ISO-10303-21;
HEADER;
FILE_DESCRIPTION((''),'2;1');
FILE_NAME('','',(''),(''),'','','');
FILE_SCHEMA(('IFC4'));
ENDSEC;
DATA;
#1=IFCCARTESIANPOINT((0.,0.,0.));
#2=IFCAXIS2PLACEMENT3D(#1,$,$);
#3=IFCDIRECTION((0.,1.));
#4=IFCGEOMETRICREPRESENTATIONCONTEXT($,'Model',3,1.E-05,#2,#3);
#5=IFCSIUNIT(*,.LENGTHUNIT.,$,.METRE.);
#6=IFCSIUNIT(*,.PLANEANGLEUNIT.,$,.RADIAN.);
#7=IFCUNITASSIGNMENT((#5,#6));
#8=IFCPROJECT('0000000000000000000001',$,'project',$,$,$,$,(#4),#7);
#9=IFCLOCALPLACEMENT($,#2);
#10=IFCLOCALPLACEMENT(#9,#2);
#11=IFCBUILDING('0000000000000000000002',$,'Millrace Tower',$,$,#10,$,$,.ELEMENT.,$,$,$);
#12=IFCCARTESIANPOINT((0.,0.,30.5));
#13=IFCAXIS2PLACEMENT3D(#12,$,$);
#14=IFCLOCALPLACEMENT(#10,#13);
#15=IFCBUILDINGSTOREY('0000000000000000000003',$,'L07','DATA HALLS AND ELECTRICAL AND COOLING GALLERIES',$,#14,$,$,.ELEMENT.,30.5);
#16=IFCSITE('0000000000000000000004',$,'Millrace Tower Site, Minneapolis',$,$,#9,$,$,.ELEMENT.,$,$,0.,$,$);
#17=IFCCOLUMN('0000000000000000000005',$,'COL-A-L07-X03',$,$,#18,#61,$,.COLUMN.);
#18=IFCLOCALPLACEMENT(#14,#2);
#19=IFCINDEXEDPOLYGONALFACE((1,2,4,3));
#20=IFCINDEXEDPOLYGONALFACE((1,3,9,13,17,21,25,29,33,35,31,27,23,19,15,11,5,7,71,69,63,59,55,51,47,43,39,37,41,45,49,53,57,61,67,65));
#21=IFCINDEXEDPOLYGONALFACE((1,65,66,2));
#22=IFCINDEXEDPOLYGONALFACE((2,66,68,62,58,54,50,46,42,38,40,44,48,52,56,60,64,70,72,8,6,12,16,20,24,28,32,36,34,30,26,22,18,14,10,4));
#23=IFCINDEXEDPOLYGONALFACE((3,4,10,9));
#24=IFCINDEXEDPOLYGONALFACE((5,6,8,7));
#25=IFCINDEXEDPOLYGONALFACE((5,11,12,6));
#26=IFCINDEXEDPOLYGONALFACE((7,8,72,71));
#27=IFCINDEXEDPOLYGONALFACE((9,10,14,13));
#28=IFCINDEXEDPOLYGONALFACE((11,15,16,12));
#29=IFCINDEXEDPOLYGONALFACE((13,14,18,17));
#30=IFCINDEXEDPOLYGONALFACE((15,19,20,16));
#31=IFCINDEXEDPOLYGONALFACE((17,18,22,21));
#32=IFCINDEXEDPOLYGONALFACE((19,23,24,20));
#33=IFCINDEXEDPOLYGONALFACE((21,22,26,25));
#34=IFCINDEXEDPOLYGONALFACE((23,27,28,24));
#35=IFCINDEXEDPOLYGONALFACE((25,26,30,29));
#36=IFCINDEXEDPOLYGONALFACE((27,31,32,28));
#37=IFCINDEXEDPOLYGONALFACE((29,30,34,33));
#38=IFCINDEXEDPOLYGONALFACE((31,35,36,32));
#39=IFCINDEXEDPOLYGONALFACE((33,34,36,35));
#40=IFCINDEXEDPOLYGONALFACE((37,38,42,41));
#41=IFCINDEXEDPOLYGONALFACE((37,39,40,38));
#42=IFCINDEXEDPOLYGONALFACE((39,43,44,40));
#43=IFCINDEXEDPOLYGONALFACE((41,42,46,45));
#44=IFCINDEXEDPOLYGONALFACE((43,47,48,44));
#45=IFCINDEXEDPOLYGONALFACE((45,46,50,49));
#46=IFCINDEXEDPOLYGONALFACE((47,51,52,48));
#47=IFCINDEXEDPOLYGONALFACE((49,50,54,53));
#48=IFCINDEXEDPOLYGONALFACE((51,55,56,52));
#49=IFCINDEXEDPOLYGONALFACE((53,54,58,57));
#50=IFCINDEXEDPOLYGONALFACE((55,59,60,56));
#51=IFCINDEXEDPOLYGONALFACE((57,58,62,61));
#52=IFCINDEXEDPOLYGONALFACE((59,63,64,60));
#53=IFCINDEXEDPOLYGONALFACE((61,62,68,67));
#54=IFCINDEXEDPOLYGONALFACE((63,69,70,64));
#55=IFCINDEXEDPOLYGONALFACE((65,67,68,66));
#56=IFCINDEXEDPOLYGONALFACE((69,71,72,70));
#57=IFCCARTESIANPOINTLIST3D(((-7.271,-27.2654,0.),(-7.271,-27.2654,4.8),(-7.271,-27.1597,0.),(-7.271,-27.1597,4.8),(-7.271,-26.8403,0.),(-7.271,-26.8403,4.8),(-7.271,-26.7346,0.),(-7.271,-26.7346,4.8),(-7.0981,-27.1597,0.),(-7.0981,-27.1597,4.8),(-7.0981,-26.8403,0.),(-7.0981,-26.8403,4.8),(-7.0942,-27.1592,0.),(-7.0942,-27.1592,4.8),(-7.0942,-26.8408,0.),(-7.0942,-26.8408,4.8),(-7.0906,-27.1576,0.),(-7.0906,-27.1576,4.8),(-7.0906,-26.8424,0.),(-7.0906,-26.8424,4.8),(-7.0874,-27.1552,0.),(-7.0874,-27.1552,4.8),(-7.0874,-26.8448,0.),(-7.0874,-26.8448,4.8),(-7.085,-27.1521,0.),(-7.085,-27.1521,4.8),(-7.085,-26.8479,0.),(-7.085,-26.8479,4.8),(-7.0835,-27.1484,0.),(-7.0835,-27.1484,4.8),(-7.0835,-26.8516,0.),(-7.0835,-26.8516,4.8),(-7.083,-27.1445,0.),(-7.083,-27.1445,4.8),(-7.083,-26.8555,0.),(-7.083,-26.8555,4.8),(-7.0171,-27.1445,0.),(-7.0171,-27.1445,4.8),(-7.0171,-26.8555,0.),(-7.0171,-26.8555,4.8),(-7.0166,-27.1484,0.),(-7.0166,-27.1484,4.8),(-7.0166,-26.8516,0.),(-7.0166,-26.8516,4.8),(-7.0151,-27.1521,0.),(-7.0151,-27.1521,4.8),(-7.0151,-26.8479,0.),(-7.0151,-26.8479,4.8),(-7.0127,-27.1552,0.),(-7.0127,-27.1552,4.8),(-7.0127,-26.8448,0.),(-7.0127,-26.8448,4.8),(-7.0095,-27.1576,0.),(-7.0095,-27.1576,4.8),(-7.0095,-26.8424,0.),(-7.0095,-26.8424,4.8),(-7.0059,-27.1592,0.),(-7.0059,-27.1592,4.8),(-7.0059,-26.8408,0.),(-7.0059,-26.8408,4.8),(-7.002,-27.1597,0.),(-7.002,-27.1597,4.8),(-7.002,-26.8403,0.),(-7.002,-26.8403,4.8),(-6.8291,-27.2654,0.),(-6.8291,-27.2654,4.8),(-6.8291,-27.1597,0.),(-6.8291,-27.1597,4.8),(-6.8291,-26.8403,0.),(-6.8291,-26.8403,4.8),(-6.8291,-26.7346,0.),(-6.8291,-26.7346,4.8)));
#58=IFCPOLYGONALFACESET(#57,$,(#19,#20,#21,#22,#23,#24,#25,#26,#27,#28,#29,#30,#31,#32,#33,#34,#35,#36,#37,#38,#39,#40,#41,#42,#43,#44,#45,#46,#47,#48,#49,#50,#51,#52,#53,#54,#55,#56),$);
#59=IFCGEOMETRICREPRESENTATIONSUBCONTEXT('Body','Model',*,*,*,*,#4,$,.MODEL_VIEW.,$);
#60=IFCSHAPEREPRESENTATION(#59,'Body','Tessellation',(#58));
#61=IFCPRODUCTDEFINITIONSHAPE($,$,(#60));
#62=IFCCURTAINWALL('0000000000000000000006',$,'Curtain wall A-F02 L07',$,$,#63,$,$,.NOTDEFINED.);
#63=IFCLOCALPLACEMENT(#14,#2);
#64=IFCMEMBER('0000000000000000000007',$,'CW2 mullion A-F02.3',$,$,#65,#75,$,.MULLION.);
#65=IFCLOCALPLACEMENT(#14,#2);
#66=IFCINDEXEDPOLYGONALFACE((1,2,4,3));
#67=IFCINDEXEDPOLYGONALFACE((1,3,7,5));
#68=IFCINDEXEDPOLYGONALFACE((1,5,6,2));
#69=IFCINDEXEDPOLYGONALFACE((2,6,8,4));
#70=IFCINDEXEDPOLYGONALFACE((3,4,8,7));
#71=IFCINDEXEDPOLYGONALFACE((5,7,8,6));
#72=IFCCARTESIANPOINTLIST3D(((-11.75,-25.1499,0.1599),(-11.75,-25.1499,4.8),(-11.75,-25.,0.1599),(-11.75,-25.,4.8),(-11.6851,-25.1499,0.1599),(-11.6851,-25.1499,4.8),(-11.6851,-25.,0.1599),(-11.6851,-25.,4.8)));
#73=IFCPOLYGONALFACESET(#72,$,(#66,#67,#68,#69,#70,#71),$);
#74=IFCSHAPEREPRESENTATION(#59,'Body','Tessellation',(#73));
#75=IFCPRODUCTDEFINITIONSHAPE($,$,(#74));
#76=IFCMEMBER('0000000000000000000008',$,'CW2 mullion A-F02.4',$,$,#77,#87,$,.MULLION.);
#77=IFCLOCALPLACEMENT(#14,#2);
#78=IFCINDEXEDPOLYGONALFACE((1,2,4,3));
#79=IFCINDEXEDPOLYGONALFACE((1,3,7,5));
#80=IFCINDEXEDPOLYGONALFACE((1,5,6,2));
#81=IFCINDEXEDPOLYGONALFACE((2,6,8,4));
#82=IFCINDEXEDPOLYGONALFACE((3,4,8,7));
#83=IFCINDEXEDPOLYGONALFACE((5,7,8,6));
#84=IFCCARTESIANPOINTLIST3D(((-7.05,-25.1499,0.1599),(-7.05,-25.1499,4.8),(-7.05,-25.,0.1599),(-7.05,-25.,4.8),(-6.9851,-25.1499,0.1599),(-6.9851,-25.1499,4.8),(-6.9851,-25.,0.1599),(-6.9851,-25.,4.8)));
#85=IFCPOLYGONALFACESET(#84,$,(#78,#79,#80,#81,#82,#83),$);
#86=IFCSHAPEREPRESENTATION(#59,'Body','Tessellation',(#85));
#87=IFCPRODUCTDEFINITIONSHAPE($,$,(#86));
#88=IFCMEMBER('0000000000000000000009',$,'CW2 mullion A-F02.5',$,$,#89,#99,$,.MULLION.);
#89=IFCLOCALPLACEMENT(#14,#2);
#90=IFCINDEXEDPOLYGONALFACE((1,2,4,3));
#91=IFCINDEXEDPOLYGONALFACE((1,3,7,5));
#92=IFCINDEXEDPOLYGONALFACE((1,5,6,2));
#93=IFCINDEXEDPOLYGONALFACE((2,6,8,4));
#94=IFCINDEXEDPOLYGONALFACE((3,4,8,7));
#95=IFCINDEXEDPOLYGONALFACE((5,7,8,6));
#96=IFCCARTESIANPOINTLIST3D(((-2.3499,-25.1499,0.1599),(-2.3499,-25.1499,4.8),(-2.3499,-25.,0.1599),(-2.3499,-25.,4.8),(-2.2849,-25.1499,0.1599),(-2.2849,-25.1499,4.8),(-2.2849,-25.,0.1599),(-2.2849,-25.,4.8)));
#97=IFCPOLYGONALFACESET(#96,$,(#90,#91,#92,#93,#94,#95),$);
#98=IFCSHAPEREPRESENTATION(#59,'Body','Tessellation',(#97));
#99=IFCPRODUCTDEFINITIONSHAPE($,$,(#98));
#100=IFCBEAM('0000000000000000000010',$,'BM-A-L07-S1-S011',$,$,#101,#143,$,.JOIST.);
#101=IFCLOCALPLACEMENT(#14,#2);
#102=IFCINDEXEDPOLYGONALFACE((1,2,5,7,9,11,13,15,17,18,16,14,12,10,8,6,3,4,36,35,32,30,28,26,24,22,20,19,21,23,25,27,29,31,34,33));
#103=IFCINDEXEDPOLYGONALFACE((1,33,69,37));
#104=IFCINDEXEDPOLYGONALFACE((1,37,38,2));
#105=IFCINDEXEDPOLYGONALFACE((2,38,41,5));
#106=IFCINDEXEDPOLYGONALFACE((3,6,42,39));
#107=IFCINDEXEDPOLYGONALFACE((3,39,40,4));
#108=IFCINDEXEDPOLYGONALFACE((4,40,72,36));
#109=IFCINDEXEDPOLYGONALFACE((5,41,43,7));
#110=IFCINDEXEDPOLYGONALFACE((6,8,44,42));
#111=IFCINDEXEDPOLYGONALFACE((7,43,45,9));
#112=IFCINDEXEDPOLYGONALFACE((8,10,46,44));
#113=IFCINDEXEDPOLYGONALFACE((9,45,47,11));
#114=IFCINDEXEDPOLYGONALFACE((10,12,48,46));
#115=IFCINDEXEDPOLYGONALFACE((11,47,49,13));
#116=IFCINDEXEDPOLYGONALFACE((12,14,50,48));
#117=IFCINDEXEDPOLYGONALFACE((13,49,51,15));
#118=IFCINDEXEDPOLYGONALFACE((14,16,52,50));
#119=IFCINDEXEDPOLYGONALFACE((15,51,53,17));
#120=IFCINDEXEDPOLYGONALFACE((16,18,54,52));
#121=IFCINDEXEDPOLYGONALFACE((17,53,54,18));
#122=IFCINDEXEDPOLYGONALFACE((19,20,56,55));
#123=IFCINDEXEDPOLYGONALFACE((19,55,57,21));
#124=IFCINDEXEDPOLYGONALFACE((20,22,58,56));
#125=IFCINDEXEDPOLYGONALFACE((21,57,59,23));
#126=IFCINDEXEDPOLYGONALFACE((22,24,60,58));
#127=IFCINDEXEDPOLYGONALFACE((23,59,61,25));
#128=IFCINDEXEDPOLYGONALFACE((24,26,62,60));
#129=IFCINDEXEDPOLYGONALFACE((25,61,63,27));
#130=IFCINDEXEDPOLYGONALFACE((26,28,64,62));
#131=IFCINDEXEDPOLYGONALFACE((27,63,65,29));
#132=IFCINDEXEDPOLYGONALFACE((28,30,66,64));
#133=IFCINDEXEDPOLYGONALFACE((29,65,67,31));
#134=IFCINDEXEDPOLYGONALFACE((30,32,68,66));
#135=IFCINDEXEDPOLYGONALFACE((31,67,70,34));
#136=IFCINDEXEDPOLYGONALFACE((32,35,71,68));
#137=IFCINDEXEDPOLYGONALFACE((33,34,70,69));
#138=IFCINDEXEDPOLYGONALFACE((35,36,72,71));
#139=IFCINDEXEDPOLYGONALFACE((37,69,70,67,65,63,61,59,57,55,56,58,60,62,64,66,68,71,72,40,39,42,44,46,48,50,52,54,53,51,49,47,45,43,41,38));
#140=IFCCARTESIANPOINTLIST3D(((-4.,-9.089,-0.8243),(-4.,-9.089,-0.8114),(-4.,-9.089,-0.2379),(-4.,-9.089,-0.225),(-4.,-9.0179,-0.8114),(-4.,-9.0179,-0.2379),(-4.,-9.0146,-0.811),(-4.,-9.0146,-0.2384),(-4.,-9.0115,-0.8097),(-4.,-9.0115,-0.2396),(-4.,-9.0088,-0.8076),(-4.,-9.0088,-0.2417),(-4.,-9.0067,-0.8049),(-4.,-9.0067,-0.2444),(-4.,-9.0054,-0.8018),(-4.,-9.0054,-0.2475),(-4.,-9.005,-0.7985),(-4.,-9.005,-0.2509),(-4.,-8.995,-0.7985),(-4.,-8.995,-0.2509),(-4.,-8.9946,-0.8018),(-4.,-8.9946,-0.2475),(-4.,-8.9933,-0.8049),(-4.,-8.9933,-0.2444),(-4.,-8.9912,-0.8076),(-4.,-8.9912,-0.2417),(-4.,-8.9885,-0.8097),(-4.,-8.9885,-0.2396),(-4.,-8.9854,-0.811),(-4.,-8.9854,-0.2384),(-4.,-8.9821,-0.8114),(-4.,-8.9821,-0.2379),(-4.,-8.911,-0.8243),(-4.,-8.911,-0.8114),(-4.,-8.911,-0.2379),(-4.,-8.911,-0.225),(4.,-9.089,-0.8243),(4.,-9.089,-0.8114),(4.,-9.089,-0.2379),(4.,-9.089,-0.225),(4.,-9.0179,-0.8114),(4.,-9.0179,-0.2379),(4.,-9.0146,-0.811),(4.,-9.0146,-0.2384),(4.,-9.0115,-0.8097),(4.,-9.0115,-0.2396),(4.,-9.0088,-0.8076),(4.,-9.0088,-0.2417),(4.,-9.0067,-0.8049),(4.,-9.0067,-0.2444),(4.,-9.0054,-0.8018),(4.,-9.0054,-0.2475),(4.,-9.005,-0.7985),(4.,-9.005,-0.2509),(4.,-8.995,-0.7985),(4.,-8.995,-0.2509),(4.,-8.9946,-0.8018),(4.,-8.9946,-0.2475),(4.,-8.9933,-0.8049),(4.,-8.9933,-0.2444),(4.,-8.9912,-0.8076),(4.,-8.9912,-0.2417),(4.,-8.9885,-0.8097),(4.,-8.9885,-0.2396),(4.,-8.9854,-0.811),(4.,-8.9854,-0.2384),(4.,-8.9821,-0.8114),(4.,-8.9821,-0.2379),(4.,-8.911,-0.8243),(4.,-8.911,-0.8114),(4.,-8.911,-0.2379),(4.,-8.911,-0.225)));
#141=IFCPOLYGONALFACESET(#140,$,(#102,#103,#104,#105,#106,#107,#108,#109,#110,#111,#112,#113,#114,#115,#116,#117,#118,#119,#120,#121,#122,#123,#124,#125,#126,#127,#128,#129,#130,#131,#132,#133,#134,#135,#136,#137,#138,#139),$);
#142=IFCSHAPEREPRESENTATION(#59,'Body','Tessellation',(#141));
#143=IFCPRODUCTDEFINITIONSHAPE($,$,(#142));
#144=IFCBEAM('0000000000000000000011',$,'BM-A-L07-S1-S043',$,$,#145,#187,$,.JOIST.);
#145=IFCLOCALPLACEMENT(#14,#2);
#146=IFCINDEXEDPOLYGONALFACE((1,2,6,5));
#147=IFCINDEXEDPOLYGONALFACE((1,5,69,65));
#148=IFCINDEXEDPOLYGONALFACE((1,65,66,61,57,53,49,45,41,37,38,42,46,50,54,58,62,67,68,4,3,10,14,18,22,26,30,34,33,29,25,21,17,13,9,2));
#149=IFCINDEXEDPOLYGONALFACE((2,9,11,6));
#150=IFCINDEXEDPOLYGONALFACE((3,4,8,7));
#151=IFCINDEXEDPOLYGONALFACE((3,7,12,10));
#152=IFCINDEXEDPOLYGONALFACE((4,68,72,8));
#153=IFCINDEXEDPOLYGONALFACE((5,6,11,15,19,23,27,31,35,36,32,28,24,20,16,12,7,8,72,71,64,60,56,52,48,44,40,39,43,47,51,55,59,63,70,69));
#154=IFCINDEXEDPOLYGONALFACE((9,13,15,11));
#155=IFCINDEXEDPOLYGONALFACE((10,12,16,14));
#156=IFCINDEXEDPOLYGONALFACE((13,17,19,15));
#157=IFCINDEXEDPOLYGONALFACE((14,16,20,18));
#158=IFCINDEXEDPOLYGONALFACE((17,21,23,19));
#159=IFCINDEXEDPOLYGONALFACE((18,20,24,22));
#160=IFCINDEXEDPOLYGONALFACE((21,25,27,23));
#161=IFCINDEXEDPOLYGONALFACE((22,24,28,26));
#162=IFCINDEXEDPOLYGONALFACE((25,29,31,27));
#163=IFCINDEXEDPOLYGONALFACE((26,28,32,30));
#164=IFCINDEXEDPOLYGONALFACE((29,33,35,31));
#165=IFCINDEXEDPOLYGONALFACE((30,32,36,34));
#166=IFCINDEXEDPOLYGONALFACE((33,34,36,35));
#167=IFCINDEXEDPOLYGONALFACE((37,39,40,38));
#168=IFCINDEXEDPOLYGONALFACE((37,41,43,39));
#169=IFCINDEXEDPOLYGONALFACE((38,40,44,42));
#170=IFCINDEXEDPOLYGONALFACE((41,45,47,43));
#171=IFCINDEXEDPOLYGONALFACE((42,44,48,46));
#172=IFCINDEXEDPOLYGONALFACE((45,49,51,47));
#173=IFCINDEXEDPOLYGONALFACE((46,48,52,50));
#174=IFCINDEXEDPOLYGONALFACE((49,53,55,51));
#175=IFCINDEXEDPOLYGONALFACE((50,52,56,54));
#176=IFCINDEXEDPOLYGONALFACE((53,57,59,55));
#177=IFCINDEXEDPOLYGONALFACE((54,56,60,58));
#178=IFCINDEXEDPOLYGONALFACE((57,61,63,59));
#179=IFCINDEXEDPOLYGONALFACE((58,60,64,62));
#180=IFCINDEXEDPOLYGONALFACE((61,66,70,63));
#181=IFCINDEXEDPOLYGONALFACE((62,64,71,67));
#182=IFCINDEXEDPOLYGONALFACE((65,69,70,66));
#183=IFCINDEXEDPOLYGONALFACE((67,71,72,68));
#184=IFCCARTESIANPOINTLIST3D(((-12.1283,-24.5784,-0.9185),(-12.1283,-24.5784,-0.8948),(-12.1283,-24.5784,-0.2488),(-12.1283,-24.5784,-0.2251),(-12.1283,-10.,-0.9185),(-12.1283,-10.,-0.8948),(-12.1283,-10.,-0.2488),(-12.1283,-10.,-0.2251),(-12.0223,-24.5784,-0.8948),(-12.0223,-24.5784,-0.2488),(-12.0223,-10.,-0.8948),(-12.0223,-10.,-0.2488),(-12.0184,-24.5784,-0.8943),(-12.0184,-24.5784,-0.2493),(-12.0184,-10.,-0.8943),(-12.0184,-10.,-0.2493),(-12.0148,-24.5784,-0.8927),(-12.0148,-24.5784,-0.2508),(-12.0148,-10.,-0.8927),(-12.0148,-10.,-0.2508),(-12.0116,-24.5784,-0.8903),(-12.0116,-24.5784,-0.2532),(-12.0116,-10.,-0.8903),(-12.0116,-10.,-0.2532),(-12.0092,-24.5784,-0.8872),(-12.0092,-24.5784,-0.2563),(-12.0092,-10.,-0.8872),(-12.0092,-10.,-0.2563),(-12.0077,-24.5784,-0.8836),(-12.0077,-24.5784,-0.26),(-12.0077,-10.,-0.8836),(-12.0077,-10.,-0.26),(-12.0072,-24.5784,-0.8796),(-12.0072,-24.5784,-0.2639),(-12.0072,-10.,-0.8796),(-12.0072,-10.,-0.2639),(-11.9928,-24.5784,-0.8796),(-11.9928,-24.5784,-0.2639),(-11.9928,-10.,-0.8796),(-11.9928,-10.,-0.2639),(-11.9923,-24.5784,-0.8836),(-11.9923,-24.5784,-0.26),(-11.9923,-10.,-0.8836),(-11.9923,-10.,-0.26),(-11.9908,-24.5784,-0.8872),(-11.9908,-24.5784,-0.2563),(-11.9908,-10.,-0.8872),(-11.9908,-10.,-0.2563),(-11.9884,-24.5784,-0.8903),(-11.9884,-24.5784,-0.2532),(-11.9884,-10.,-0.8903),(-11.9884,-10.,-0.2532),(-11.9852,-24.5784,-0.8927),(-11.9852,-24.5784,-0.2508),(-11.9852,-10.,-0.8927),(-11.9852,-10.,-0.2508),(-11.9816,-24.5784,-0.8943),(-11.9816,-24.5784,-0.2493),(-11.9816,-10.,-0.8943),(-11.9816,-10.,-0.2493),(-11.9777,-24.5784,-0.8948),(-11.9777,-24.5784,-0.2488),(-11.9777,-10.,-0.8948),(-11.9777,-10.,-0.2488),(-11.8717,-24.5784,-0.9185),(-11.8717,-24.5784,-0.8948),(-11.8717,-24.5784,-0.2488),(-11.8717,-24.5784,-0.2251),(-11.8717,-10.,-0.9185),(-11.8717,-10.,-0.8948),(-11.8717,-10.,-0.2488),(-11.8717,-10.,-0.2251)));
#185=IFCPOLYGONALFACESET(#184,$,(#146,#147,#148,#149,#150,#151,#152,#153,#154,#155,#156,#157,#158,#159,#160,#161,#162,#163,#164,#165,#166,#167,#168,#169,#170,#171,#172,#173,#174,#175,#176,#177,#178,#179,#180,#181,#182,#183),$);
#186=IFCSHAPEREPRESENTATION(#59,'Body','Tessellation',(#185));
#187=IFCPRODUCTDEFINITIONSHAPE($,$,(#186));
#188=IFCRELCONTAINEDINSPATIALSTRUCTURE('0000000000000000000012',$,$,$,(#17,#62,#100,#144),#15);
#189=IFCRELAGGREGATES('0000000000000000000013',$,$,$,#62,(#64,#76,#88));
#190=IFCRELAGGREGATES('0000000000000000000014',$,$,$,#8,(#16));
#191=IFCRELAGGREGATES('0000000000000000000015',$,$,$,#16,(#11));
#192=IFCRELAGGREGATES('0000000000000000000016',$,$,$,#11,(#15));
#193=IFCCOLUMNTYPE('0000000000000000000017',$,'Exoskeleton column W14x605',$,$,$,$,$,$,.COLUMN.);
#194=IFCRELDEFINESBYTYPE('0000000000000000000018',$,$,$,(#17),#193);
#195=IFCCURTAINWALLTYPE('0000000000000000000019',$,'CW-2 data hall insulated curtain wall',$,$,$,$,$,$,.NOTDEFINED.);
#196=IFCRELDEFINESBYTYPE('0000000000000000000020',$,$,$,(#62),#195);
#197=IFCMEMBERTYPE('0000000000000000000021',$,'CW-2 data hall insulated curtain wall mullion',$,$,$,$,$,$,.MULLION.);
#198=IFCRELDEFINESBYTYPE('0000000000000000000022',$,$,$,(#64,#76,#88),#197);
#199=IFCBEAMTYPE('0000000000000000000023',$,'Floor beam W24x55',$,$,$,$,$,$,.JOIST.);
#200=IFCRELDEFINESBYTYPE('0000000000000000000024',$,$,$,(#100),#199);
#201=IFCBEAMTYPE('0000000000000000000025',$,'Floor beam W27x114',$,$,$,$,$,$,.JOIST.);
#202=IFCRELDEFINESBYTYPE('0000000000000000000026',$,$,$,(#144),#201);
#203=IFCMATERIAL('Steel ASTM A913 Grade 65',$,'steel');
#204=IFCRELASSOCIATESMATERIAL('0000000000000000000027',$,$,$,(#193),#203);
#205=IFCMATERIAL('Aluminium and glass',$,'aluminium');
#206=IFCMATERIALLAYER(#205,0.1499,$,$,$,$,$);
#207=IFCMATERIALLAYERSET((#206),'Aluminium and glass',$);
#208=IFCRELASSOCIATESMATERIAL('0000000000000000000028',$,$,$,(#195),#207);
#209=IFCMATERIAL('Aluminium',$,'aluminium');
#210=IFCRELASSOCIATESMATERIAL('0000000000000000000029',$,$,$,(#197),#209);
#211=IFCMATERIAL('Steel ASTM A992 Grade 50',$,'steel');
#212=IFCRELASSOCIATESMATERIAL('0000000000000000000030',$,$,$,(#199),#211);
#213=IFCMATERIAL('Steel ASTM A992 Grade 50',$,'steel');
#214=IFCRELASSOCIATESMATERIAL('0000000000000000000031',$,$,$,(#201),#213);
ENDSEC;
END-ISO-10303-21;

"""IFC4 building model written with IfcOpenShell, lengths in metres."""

from ifc_helpers import new_model, si_unit, direction, frame, origin, origin_2d, place, context, subcontext, project, spatial, rectangle, i_section, extrude, material, layer, layer_set, material_profile, profile_set, type_object, element, aggregate, save


model = new_model("IFC4")

# Units and contexts
model_context = context("Model", 3, precision=1e-05, world=origin(), true_north=direction((0.0, 1.0)))
body_context = subcontext(model_context, "Body", "Model", "MODEL_VIEW")
ifc_project = project(units=[si_unit("LENGTHUNIT", "METRE"), si_unit("PLANEANGLEUNIT", "RADIAN")], contexts=[model_context])

# Site, building, storey
site_placement = place(None, origin())
site = spatial("IfcSite", under=ifc_project, at=site_placement, Name="Millrace Tower Site, Minneapolis", CompositionType="ELEMENT", RefElevation=0.0)
building_placement = place(site_placement, origin())
building = spatial("IfcBuilding", under=site, at=building_placement, Name="Millrace Tower", CompositionType="ELEMENT")
storey_placement = place(building_placement, frame((0.0, 0.0, 30.5)))
storey = spatial("IfcBuildingStorey", under=building, at=storey_placement, Name="L07", Description="DATA HALLS AND ELECTRICAL AND COOLING GALLERIES", CompositionType="ELEMENT", Elevation=30.5)

# Column
ifc_material_1 = material(Name="Steel ASTM A913 Grade 65", Category="steel")
ifc_material_profile_1 = material_profile(ifc_material_1, i_section(OverallWidth=0.4419, OverallDepth=0.5308, WebThickness=0.0659, FlangeThickness=0.1057, FilletRadius=0.0151, at=origin_2d()))
ifc_profile_set_1 = profile_set([ifc_material_profile_1], Name="Steel ASTM A913 Grade 65")
column_type = type_object("IfcColumnType", Name="Exoskeleton column W14x605", PredefinedType="COLUMN", material=ifc_profile_set_1)
column_placement = place(storey_placement, frame((-7.05, -27.0, 0.0), z_axis=(0.0, 0.0, 1.0), x_axis=(1.0, 0.0, 0.0)))
element("IfcColumn", 1, at=column_placement, inside=storey, type_object=column_type, Name="COL-A-L07-X03", PredefinedType="COLUMN", context=body_context, shape_type="SweptSolid", body=[
    extrude(i_section(OverallWidth=0.4419, OverallDepth=0.5308, WebThickness=0.0659, FlangeThickness=0.1057, FilletRadius=0.0151, at=origin_2d()), origin(), (0.0, 0.0, 1.0), 4.8),
])

# Curtain wall, members
ifc_material_2 = material(Name="Aluminium and glass", Category="aluminium")
ifc_layer_1 = layer(ifc_material_2, 0.1499)
ifc_layer_set_1 = layer_set([ifc_layer_1], Name="Aluminium and glass")
curtain_wall_type = type_object("IfcCurtainWallType", Name="CW-2 data hall insulated curtain wall", PredefinedType="NOTDEFINED", material=ifc_layer_set_1)
curtain_wall_placement = place(storey_placement, origin())
curtain_wall = element("IfcCurtainWall", 2, at=curtain_wall_placement, inside=storey, type_object=curtain_wall_type, Name="Curtain wall A-F02 L07", PredefinedType="NOTDEFINED")
ifc_material_3 = material(Name="Aluminium", Category="aluminium")
ifc_material_profile_2 = material_profile(ifc_material_3, rectangle(XDim=0.0649, YDim=0.1499, at=origin_2d()))
ifc_profile_set_2 = profile_set([ifc_material_profile_2], Name="Aluminium")
member_type = type_object("IfcMemberType", Name="CW-2 data hall insulated curtain wall mullion", PredefinedType="MULLION", material=ifc_profile_set_2)
member_1_placement = place(storey_placement, frame((-11.7175, -25.075, 0.1599), z_axis=(0.0, 0.0, 1.0), x_axis=(1.0, 0.0, 0.0)))
member_1 = element("IfcMember", 3, at=member_1_placement, type_object=member_type, Name="CW2 mullion A-F02.3", PredefinedType="MULLION", context=body_context, shape_type="SweptSolid", body=[
    extrude(rectangle(XDim=0.0649, YDim=0.1499, at=origin_2d()), origin(), (0.0, 0.0, 1.0), 4.6401),
])
member_2_placement = place(storey_placement, frame((-7.0176, -25.075, 0.1599), z_axis=(0.0, 0.0, 1.0), x_axis=(1.0, 0.0, 0.0)))
member_2 = element("IfcMember", 4, at=member_2_placement, type_object=member_type, Name="CW2 mullion A-F02.4", PredefinedType="MULLION", context=body_context, shape_type="SweptSolid", body=[
    extrude(rectangle(XDim=0.0649, YDim=0.1499, at=origin_2d()), origin(), (0.0, 0.0, 1.0), 4.6401),
])
member_3_placement = place(storey_placement, frame((-2.3174, -25.075, 0.1599), z_axis=(0.0, 0.0, 1.0), x_axis=(1.0, 0.0, 0.0)))
member_3 = element("IfcMember", 5, at=member_3_placement, type_object=member_type, Name="CW2 mullion A-F02.5", PredefinedType="MULLION", context=body_context, shape_type="SweptSolid", body=[
    extrude(rectangle(XDim=0.0649, YDim=0.1499, at=origin_2d()), origin(), (0.0, 0.0, 1.0), 4.6401),
])
aggregate(curtain_wall, [member_1, member_2, member_3])

# Beams
ifc_material_4 = material(Name="Steel ASTM A992 Grade 50", Category="steel")
ifc_material_profile_3 = material_profile(ifc_material_4, i_section(OverallWidth=0.178, OverallDepth=0.5994, WebThickness=0.01, FlangeThickness=0.0129, FilletRadius=0.0129, at=origin_2d()))
ifc_profile_set_3 = profile_set([ifc_material_profile_3], Name="Steel ASTM A992 Grade 50")
beam_type_1 = type_object("IfcBeamType", Name="Floor beam W24x55", PredefinedType="JOIST", material=ifc_profile_set_3)
beam_1_placement = place(storey_placement, frame((-4.0, -9.0, -0.5247), z_axis=(1.0, 0.0, 0.0), x_axis=(0.0, 1.0, 0.0)))
element("IfcBeam", 6, at=beam_1_placement, inside=storey, type_object=beam_type_1, Name="BM-A-L07-S1-S011", PredefinedType="JOIST", context=body_context, shape_type="SweptSolid", body=[
    extrude(i_section(OverallWidth=0.178, OverallDepth=0.5994, WebThickness=0.01, FlangeThickness=0.0129, FilletRadius=0.0129, at=origin_2d()), origin(), (0.0, 0.0, 1.0), 8.0),
])
ifc_material_5 = material(Name="Steel ASTM A992 Grade 50", Category="steel")
ifc_material_profile_4 = material_profile(ifc_material_5, i_section(OverallWidth=0.2566, OverallDepth=0.6934, WebThickness=0.0144, FlangeThickness=0.0237, FilletRadius=0.0151, at=origin_2d()))
ifc_profile_set_4 = profile_set([ifc_material_profile_4], Name="Steel ASTM A992 Grade 50")
beam_type_2 = type_object("IfcBeamType", Name="Floor beam W27x114", PredefinedType="JOIST", material=ifc_profile_set_4)
for number, where, z_axis, x_axis, name in (
    (7, (-12.0, -24.5784, -0.5718), (0.0, 1.0, 0.0), (-1.0, 0.0, 0.0), "BM-A-L07-S1-S043"),
):
    element("IfcBeam", number, at=place(storey_placement, frame(where, z_axis=z_axis, x_axis=x_axis)), inside=storey, type_object=beam_type_2, Name=name, PredefinedType="JOIST", context=body_context, shape_type="SweptSolid", body=[
        extrude(i_section(OverallWidth=0.2566, OverallDepth=0.6934, WebThickness=0.0144, FlangeThickness=0.0237, FilletRadius=0.0151, at=origin_2d()), origin(), (0.0, 0.0, 1.0), 14.5784),
    ])

save(model, "model.ifc")
